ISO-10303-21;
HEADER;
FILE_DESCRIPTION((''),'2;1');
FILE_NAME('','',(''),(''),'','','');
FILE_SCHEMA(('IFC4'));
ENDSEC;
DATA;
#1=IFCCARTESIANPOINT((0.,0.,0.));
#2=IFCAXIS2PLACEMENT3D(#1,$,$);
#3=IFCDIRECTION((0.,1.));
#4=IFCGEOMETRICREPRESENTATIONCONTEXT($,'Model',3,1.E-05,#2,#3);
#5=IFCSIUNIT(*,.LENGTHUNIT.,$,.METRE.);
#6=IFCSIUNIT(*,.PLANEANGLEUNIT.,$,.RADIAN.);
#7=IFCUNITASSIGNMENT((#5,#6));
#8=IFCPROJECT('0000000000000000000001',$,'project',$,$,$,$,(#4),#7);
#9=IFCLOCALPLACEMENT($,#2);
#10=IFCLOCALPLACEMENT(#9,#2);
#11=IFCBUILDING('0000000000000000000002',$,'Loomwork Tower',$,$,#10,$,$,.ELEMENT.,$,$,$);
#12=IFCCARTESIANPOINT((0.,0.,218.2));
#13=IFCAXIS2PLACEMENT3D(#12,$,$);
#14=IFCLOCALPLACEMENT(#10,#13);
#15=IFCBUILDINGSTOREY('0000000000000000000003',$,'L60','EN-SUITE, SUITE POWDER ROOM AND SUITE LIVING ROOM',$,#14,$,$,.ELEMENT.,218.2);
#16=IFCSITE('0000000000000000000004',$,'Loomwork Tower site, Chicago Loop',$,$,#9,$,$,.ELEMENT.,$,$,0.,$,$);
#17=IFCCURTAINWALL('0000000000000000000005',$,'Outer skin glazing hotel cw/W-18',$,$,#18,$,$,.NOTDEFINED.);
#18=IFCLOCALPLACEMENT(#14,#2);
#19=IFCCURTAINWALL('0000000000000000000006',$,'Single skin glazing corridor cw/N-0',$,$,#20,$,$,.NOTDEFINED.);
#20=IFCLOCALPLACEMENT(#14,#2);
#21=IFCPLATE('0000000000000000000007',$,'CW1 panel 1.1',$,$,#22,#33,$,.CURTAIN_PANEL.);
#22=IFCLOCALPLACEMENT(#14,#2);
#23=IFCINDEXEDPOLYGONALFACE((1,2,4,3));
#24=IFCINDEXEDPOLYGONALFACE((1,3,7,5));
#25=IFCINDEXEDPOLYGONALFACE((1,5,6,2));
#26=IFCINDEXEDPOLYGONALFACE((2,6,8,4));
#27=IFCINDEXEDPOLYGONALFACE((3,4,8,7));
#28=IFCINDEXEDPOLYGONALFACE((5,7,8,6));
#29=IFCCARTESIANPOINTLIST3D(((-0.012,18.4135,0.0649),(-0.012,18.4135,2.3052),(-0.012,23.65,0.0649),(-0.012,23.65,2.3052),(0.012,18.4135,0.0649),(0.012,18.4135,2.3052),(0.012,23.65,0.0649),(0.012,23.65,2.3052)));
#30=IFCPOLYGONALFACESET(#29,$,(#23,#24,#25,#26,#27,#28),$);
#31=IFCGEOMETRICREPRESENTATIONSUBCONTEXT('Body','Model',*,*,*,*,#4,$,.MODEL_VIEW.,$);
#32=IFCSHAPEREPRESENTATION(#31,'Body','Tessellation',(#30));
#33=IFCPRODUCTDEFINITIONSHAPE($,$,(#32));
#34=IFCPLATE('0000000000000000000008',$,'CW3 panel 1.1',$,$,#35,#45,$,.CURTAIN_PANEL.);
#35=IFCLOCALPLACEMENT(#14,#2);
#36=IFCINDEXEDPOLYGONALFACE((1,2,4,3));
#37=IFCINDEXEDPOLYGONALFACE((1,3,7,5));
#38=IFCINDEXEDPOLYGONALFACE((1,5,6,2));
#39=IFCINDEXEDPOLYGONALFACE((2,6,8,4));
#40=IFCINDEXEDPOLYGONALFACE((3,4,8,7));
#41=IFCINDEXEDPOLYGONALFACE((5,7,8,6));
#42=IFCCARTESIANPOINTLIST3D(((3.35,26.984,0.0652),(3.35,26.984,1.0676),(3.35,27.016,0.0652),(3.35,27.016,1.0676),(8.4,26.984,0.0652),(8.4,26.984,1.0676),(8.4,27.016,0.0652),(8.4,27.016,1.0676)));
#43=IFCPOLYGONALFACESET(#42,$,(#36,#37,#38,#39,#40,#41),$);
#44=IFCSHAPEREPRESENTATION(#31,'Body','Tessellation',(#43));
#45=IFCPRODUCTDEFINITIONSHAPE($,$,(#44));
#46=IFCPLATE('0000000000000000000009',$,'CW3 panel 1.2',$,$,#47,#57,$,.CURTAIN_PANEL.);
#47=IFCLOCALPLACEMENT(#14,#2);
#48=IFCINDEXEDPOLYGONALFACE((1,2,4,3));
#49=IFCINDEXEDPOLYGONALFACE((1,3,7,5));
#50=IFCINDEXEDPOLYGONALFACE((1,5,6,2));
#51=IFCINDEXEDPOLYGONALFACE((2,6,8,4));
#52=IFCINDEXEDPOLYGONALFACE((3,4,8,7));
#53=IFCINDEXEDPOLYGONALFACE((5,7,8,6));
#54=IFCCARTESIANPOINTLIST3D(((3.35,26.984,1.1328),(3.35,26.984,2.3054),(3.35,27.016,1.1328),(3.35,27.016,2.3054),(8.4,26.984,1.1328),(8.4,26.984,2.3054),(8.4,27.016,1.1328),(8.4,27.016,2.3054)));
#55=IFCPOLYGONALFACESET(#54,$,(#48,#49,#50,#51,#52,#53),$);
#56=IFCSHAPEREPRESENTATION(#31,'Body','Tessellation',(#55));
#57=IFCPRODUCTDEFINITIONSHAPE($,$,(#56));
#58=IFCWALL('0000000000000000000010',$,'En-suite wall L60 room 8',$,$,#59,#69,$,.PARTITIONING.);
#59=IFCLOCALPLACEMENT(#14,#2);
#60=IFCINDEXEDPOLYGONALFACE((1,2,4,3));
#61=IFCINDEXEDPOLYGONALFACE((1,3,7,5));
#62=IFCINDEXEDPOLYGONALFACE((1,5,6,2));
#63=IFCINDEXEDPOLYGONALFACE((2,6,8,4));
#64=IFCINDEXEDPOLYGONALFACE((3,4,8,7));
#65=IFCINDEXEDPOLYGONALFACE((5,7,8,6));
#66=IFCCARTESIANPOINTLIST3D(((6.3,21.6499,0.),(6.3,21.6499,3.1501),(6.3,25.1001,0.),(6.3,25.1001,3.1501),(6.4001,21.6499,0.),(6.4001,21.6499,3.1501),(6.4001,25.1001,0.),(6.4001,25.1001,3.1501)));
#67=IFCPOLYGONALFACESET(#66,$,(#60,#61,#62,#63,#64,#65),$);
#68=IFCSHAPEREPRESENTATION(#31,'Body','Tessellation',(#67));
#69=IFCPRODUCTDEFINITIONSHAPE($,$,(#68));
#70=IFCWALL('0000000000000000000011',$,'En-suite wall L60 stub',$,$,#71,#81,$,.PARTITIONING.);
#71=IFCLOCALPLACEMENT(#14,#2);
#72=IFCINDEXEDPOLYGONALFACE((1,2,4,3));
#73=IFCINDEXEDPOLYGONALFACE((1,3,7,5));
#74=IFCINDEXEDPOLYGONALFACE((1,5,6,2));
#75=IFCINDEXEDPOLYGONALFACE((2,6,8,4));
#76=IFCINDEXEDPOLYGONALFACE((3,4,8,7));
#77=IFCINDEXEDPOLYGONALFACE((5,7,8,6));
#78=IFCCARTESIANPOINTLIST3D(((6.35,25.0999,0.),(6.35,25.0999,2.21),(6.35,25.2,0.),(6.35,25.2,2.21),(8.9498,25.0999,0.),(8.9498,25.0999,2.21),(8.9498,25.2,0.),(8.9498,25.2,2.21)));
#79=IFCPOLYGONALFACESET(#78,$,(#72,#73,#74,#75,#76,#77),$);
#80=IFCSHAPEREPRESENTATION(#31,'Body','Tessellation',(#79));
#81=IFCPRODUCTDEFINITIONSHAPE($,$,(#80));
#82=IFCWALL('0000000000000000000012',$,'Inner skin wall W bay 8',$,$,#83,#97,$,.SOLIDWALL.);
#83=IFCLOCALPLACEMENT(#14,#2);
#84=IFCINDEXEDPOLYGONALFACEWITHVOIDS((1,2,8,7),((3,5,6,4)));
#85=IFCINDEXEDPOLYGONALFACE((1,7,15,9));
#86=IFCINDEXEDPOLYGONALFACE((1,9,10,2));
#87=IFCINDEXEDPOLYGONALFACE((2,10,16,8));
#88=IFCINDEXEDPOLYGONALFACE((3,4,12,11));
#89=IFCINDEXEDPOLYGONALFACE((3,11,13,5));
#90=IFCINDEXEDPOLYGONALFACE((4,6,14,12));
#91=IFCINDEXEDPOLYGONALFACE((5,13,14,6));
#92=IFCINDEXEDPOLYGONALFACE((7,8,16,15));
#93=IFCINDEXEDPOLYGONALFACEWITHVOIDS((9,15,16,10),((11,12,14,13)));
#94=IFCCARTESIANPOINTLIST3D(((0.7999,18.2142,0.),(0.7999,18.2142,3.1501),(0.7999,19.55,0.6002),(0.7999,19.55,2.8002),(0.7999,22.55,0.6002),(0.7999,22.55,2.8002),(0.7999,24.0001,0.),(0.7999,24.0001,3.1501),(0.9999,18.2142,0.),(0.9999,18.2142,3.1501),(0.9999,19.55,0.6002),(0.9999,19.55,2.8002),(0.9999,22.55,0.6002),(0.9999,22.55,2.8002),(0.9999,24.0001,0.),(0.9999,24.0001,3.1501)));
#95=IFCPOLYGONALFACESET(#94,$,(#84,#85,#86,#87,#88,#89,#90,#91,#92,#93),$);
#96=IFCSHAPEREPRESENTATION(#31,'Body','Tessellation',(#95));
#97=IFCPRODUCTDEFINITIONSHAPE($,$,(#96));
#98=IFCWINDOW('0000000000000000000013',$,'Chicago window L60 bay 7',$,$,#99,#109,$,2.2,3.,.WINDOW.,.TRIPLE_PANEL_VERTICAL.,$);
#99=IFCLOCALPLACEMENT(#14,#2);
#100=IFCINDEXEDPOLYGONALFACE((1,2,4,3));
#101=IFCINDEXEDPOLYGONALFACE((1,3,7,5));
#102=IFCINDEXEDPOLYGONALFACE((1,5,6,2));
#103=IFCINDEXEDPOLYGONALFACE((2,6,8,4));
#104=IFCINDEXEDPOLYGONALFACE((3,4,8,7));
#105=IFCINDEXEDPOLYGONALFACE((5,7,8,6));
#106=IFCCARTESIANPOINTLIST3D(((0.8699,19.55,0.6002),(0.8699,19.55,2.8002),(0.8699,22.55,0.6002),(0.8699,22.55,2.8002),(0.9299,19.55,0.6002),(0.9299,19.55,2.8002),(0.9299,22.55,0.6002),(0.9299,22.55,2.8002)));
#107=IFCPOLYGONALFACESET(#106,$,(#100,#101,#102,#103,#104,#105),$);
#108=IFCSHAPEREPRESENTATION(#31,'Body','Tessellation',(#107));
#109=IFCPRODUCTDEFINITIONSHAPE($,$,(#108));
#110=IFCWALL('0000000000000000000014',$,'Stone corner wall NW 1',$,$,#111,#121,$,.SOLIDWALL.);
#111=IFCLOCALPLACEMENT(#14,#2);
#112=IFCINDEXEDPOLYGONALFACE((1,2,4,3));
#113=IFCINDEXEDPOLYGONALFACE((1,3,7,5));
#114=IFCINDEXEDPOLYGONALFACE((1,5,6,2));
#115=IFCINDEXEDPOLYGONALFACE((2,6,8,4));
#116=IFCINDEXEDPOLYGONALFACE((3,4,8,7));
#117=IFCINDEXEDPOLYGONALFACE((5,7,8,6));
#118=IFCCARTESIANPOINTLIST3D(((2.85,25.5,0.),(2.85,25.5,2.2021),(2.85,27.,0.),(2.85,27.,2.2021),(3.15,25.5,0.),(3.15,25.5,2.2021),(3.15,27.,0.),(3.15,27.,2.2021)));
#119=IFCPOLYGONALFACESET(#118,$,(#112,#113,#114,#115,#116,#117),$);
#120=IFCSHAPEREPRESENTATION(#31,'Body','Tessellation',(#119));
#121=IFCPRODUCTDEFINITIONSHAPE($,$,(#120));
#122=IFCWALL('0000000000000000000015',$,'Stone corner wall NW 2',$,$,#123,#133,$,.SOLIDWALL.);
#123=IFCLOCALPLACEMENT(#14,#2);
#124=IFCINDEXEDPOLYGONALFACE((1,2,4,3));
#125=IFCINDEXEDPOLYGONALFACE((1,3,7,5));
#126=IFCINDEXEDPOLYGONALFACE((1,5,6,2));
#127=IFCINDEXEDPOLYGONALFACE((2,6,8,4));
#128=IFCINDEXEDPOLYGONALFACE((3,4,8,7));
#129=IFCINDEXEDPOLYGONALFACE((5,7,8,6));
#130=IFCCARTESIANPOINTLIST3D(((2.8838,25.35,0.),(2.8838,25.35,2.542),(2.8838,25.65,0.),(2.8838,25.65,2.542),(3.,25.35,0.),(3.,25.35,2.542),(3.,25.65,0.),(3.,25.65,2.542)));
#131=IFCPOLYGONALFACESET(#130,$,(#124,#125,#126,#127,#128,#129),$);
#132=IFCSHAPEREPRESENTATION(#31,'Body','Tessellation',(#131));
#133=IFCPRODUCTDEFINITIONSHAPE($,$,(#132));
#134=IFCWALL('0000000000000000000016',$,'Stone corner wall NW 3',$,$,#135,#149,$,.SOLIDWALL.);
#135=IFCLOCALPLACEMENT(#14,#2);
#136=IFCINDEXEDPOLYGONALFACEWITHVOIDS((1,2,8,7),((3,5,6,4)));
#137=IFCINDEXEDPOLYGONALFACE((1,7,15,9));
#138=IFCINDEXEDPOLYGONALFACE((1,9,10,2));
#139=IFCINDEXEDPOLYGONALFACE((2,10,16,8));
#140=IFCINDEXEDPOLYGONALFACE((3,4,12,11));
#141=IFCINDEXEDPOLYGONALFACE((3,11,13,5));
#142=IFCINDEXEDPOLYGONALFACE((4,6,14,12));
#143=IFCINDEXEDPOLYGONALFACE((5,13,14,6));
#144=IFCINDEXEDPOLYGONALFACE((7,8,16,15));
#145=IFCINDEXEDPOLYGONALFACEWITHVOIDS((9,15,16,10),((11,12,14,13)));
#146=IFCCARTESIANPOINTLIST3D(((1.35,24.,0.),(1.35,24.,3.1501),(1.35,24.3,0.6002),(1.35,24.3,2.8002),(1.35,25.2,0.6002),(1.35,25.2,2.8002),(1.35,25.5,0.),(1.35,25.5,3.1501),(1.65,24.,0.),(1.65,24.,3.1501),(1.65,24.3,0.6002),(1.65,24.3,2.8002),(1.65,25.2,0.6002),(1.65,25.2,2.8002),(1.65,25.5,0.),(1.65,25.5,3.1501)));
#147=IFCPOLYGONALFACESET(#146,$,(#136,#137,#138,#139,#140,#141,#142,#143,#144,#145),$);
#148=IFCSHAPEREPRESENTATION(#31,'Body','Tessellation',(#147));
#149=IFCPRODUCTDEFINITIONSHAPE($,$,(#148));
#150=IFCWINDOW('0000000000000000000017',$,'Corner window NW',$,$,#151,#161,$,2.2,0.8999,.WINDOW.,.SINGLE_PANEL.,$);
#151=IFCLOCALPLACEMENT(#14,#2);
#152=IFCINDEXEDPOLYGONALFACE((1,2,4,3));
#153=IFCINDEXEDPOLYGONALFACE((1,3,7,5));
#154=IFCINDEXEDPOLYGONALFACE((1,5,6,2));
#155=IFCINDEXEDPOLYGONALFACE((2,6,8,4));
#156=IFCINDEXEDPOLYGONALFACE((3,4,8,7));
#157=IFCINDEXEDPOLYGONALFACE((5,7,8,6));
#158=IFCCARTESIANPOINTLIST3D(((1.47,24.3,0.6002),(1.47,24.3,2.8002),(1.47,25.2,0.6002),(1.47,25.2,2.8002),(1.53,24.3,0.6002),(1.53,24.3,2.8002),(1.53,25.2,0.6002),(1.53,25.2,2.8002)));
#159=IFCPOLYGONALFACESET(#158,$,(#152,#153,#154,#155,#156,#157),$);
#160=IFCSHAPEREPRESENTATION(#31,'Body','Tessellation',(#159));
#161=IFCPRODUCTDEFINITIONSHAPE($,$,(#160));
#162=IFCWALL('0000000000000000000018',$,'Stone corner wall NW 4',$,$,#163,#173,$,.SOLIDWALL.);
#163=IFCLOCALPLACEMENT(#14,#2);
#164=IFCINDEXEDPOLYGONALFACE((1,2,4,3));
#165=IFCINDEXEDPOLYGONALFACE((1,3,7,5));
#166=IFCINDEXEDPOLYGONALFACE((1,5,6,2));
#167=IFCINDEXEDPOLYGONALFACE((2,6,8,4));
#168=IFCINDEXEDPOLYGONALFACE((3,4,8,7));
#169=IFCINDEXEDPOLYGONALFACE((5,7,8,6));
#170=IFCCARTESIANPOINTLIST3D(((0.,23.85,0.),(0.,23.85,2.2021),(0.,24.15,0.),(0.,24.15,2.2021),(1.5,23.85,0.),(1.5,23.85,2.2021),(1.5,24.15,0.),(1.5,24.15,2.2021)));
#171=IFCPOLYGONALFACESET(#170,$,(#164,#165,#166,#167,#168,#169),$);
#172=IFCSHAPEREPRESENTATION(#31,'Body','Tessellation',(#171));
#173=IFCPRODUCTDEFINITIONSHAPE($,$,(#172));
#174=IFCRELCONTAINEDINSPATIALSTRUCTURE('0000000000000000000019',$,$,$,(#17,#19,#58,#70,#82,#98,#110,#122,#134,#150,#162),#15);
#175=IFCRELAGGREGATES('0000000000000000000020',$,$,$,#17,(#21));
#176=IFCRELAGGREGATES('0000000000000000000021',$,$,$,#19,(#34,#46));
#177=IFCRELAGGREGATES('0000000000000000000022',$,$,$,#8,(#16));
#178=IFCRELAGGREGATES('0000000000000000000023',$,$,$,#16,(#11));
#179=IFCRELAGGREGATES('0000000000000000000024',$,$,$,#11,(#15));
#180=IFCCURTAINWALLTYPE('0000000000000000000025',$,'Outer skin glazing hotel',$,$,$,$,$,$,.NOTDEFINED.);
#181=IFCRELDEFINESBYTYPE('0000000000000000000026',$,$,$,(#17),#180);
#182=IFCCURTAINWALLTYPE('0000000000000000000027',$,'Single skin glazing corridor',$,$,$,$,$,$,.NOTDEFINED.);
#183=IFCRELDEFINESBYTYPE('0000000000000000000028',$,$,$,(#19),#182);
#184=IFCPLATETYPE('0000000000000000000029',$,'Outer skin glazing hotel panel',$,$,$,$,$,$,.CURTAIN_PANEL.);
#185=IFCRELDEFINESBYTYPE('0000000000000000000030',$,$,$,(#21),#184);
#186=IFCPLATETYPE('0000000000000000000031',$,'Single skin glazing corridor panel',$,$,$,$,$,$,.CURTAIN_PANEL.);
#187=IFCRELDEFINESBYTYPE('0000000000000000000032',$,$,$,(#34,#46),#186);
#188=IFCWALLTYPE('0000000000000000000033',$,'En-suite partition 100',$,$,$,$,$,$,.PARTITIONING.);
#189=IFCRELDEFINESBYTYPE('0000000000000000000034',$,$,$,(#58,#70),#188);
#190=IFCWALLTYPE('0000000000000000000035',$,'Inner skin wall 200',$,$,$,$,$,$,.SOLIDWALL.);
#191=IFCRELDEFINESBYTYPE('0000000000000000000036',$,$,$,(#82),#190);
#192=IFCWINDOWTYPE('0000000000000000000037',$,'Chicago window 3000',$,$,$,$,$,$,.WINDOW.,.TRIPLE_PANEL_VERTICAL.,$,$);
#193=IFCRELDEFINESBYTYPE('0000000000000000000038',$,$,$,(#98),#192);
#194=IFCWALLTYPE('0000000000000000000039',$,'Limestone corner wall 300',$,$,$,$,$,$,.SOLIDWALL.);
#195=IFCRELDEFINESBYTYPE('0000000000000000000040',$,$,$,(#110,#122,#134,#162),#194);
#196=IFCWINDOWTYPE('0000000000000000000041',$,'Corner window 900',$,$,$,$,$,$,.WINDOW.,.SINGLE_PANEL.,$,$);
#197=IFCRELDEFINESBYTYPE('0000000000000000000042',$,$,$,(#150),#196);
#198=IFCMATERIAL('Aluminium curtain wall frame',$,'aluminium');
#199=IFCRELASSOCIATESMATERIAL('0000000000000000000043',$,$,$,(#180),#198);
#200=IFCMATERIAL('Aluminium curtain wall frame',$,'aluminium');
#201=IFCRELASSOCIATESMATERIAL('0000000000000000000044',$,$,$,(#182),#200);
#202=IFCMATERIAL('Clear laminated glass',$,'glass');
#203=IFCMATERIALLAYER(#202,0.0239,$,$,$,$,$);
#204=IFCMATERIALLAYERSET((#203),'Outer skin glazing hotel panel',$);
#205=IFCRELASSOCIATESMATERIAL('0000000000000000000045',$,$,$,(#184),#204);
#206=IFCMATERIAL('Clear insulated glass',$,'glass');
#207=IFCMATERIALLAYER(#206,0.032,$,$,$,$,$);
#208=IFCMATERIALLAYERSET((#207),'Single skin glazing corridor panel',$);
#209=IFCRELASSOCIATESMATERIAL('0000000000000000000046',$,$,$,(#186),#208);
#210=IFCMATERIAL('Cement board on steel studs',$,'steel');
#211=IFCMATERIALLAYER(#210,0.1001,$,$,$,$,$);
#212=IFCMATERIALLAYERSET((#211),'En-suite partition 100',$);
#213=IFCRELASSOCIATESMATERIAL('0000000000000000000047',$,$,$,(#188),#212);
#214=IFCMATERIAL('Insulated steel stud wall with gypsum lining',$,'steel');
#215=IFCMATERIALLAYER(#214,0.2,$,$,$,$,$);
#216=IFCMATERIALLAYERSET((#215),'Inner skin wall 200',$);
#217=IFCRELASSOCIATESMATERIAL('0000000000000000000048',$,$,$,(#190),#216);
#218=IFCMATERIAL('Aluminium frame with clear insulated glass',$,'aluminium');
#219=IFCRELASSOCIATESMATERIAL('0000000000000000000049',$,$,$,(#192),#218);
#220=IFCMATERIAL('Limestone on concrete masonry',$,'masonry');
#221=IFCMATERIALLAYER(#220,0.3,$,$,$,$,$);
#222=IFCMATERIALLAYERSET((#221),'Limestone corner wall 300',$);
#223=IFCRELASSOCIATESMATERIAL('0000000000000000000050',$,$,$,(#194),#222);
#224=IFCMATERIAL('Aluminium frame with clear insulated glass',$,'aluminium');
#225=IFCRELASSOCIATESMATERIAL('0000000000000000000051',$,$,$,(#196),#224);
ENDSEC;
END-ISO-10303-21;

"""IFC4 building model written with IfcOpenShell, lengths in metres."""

from ifc_helpers import new_model, si_unit, direction, frame, frame_2d, origin, origin_2d, place, context, subcontext, project, spatial, rectangle, extrude, material, layer, layer_set, type_object, element, fill, aggregate, save


model = new_model("IFC4")

# Units and contexts
model_context = context("Model", 3, precision=1e-05, world=origin(), true_north=direction((0.0, 1.0)))
body_context = subcontext(model_context, "Body", "Model", "MODEL_VIEW")
ifc_project = project(units=[si_unit("LENGTHUNIT", "METRE"), si_unit("PLANEANGLEUNIT", "RADIAN")], contexts=[model_context])

# Site, building, storey
site_placement = place(None, origin())
site = spatial("IfcSite", under=ifc_project, at=site_placement, Name="Loomwork Tower site, Chicago Loop", CompositionType="ELEMENT", RefElevation=0.0)
building_placement = place(site_placement, origin())
building = spatial("IfcBuilding", under=site, at=building_placement, Name="Loomwork Tower", CompositionType="ELEMENT")
storey_placement = place(building_placement, frame((0.0, 0.0, 218.2)))
storey = spatial("IfcBuildingStorey", under=building, at=storey_placement, Name="L60", Description="EN-SUITE, SUITE POWDER ROOM AND SUITE LIVING ROOM", CompositionType="ELEMENT", Elevation=218.2)

# Curtain wall
ifc_material_1 = material(Name="Aluminium curtain wall frame", Category="aluminium")
curtain_wall_type_1 = type_object("IfcCurtainWallType", Name="Outer skin glazing hotel", PredefinedType="NOTDEFINED", material=ifc_material_1)
curtain_wall_1_placement = place(storey_placement, origin())
curtain_wall_1 = element("IfcCurtainWall", 1, at=curtain_wall_1_placement, inside=storey, type_object=curtain_wall_type_1, Name="Outer skin glazing hotel cw/W-18", PredefinedType="NOTDEFINED")

# Curtain wall
ifc_material_2 = material(Name="Aluminium curtain wall frame", Category="aluminium")
curtain_wall_type_2 = type_object("IfcCurtainWallType", Name="Single skin glazing corridor", PredefinedType="NOTDEFINED", material=ifc_material_2)
curtain_wall_2_placement = place(storey_placement, origin())
curtain_wall_2 = element("IfcCurtainWall", 2, at=curtain_wall_2_placement, inside=storey, type_object=curtain_wall_type_2, Name="Single skin glazing corridor cw/N-0", PredefinedType="NOTDEFINED")

# Plates
ifc_material_3 = material(Name="Clear laminated glass", Category="glass")
ifc_layer_1 = layer(ifc_material_3, 0.0239)
ifc_layer_set_1 = layer_set([ifc_layer_1], Name="Outer skin glazing hotel panel")
plate_type_1 = type_object("IfcPlateType", Name="Outer skin glazing hotel panel", PredefinedType="CURTAIN_PANEL", material=ifc_layer_set_1)
plate_1_placement = place(storey_placement, frame((0.0, 21.0317, 0.0649), z_axis=(0.0, 0.0, 1.0), x_axis=(0.0, -1.0, 0.0)))
plate_1 = element("IfcPlate", 3, at=plate_1_placement, type_object=plate_type_1, Name="CW1 panel 1.1", PredefinedType="CURTAIN_PANEL", context=body_context, shape_type="SweptSolid", body=[
    extrude(rectangle(XDim=5.2366, YDim=0.0239, at=origin_2d()), origin(), (0.0, 0.0, 1.0), 2.2402),
])
aggregate(curtain_wall_1, [plate_1])
ifc_material_4 = material(Name="Clear insulated glass", Category="glass")
ifc_layer_2 = layer(ifc_material_4, 0.032)
ifc_layer_set_2 = layer_set([ifc_layer_2], Name="Single skin glazing corridor panel")
plate_type_2 = type_object("IfcPlateType", Name="Single skin glazing corridor panel", PredefinedType="CURTAIN_PANEL", material=ifc_layer_set_2)
plate_2_placement = place(storey_placement, frame((5.875, 27.0, 0.0652), z_axis=(0.0, 0.0, 1.0), x_axis=(-1.0, 0.0, 0.0)))
plate_2 = element("IfcPlate", 4, at=plate_2_placement, type_object=plate_type_2, Name="CW3 panel 1.1", PredefinedType="CURTAIN_PANEL", context=body_context, shape_type="SweptSolid", body=[
    extrude(rectangle(XDim=5.05, YDim=0.032, at=origin_2d()), origin(), (0.0, 0.0, 1.0), 1.0024),
])
plate_3_placement = place(storey_placement, frame((5.875, 27.0, 1.1328), z_axis=(0.0, 0.0, 1.0), x_axis=(-1.0, 0.0, 0.0)))
plate_3 = element("IfcPlate", 5, at=plate_3_placement, type_object=plate_type_2, Name="CW3 panel 1.2", PredefinedType="CURTAIN_PANEL", context=body_context, shape_type="SweptSolid", body=[
    extrude(rectangle(XDim=5.05, YDim=0.032, at=origin_2d()), origin(), (0.0, 0.0, 1.0), 1.1726),
])
aggregate(curtain_wall_2, [plate_2, plate_3])

# Walls
ifc_material_5 = material(Name="Cement board on steel studs", Category="steel")
ifc_layer_3 = layer(ifc_material_5, 0.1001)
ifc_layer_set_3 = layer_set([ifc_layer_3], Name="En-suite partition 100")
wall_type_1 = type_object("IfcWallType", Name="En-suite partition 100", PredefinedType="PARTITIONING", material=ifc_layer_set_3)
wall_1_placement = place(storey_placement, frame((6.3501, 21.6499, 0.0), z_axis=(0.0, 0.0, 1.0), x_axis=(0.0, 1.0, 0.0)))
element("IfcWall", 6, at=wall_1_placement, inside=storey, type_object=wall_type_1, Name="En-suite wall L60 room 8", PredefinedType="PARTITIONING", context=body_context, shape_type="SweptSolid", body=[
    extrude(rectangle(XDim=3.4502, YDim=0.1001, at=frame_2d((1.7251, 0.0))), origin(), (0.0, 0.0, 1.0), 3.1501),
])
wall_2_placement = place(storey_placement, frame((6.3501, 25.1499, 0.0), z_axis=(0.0, 0.0, 1.0), x_axis=(1.0, 0.0, 0.0)))
element("IfcWall", 7, at=wall_2_placement, inside=storey, type_object=wall_type_1, Name="En-suite wall L60 stub", PredefinedType="PARTITIONING", context=body_context, shape_type="SweptSolid", body=[
    extrude(rectangle(XDim=2.5999, YDim=0.1001, at=frame_2d((1.2998, 0.0))), origin(), (0.0, 0.0, 1.0), 2.21),
])

# Wall, opening, window
ifc_material_6 = material(Name="Insulated steel stud wall with gypsum lining", Category="steel")
ifc_layer_4 = layer(ifc_material_6, 0.2)
ifc_layer_set_4 = layer_set([ifc_layer_4], Name="Inner skin wall 200")
wall_type_2 = type_object("IfcWallType", Name="Inner skin wall 200", PredefinedType="SOLIDWALL", material=ifc_layer_set_4)
wall_3_placement = place(storey_placement, frame((0.8999, 18.2141, 0.0), z_axis=(0.0, 0.0, 1.0), x_axis=(0.0, 1.0, 0.0)))
wall_3 = element("IfcWall", 8, at=wall_3_placement, inside=storey, type_object=wall_type_2, Name="Inner skin wall W bay 8", PredefinedType="SOLIDWALL", context=body_context, shape_type="SweptSolid", body=[
    extrude(rectangle(XDim=5.7859, YDim=0.2, at=frame_2d((2.8931, 0.0))), origin(), (0.0, 0.0, 1.0), 3.1501),
])
opening_1_placement = place(wall_3_placement, frame((1.3359, 0.0, 0.6001)))
opening_1 = element("IfcOpeningElement", 9, at=opening_1_placement, cuts=wall_3, PredefinedType="OPENING", context=body_context, shape_type="SweptSolid", body=[
    extrude(rectangle(XDim=3.0, YDim=2.2, at=frame_2d((1.5, 1.1001))), frame((0.0, 0.1099, 0.0), z_axis=(0.0, -1.0, 0.0), x_axis=(1.0, 0.0, 0.0)), (0.0, 0.0, 1.0), 0.22),
])
ifc_material_7 = material(Name="Aluminium frame with clear insulated glass", Category="aluminium")
window_type_1 = type_object("IfcWindowType", Name="Chicago window 3000", PartitioningType="TRIPLE_PANEL_VERTICAL", PredefinedType="WINDOW", material=ifc_material_7)
window_1_placement = place(opening_1_placement, origin())
window_1 = element("IfcWindow", 10, at=window_1_placement, inside=storey, type_object=window_type_1, Name="Chicago window L60 bay 7", OverallHeight=2.2, OverallWidth=3.0, PartitioningType="TRIPLE_PANEL_VERTICAL", PredefinedType="WINDOW", context=body_context, shape_type="SweptSolid", body=[
    extrude(rectangle(XDim=3.0, YDim=2.2, at=frame_2d((1.5, 1.1001))), frame((0.0, 0.03, 0.0), z_axis=(0.0, -1.0, 0.0), x_axis=(1.0, 0.0, 0.0)), (0.0, 0.0, 1.0), 0.0601),
])
fill(opening_1, window_1)

# Walls
ifc_material_8 = material(Name="Limestone on concrete masonry", Category="masonry")
ifc_layer_5 = layer(ifc_material_8, 0.3)
ifc_layer_set_5 = layer_set([ifc_layer_5], Name="Limestone corner wall 300")
wall_type_3 = type_object("IfcWallType", Name="Limestone corner wall 300", PredefinedType="SOLIDWALL", material=ifc_layer_set_5)
wall_4_placement = place(storey_placement, frame((3.0, 27.0, 0.0), z_axis=(0.0, 0.0, 1.0), x_axis=(0.0, -1.0, 0.0)))
element("IfcWall", 11, at=wall_4_placement, inside=storey, type_object=wall_type_3, Name="Stone corner wall NW 1", PredefinedType="SOLIDWALL", context=body_context, shape_type="SweptSolid", body=[
    extrude(rectangle(XDim=1.5, YDim=0.3, at=frame_2d((0.75, 0.0))), origin(), (0.0, 0.0, 1.0), 2.2021),
])
wall_5_placement = place(storey_placement, frame((3.0, 25.5, 0.0), z_axis=(0.0, 0.0, 1.0), x_axis=(-1.0, 0.0, 0.0)))
element("IfcWall", 12, at=wall_5_placement, inside=storey, type_object=wall_type_3, Name="Stone corner wall NW 2", PredefinedType="SOLIDWALL", context=body_context, shape_type="SweptSolid", body=[
    extrude(rectangle(XDim=0.1162, YDim=0.3, at=frame_2d((0.0581, 0.0))), origin(), (0.0, 0.0, 1.0), 2.542),
])

# Wall, opening, window
wall_6_placement = place(storey_placement, frame((1.5, 25.5, 0.0), z_axis=(0.0, 0.0, 1.0), x_axis=(0.0, -1.0, 0.0)))
wall_6 = element("IfcWall", 13, at=wall_6_placement, inside=storey, type_object=wall_type_3, Name="Stone corner wall NW 3", PredefinedType="SOLIDWALL", context=body_context, shape_type="SweptSolid", body=[
    extrude(rectangle(XDim=1.5, YDim=0.3, at=frame_2d((0.75, 0.0))), origin(), (0.0, 0.0, 1.0), 3.1501),
])
opening_2_placement = place(wall_6_placement, frame((0.3, 0.0, 0.6001)))
opening_2 = element("IfcOpeningElement", 14, at=opening_2_placement, cuts=wall_6, PredefinedType="OPENING", context=body_context, shape_type="SweptSolid", body=[
    extrude(rectangle(XDim=0.8999, YDim=2.2, at=frame_2d((0.45, 1.1001))), frame((0.0, 0.1599, 0.0), z_axis=(0.0, -1.0, 0.0), x_axis=(1.0, 0.0, 0.0)), (0.0, 0.0, 1.0), 0.3201),
])
ifc_material_9 = material(Name="Aluminium frame with clear insulated glass", Category="aluminium")
window_type_2 = type_object("IfcWindowType", Name="Corner window 900", PartitioningType="SINGLE_PANEL", PredefinedType="WINDOW", material=ifc_material_9)
window_2_placement = place(opening_2_placement, origin())
window_2 = element("IfcWindow", 15, at=window_2_placement, inside=storey, type_object=window_type_2, Name="Corner window NW", OverallHeight=2.2, OverallWidth=0.8999, PartitioningType="SINGLE_PANEL", PredefinedType="WINDOW", context=body_context, shape_type="SweptSolid", body=[
    extrude(rectangle(XDim=0.8999, YDim=2.2, at=frame_2d((0.45, 1.1001))), frame((0.0, 0.03, 0.0), z_axis=(0.0, -1.0, 0.0), x_axis=(1.0, 0.0, 0.0)), (0.0, 0.0, 1.0), 0.0601),
])
fill(opening_2, window_2)

# Wall
wall_7_placement = place(storey_placement, frame((1.5, 24.0, 0.0), z_axis=(0.0, 0.0, 1.0), x_axis=(-1.0, 0.0, 0.0)))
element("IfcWall", 16, at=wall_7_placement, inside=storey, type_object=wall_type_3, Name="Stone corner wall NW 4", PredefinedType="SOLIDWALL", context=body_context, shape_type="SweptSolid", body=[
    extrude(rectangle(XDim=1.5, YDim=0.3, at=frame_2d((0.75, 0.0))), origin(), (0.0, 0.0, 1.0), 2.2021),
])

save(model, "model.ifc")
